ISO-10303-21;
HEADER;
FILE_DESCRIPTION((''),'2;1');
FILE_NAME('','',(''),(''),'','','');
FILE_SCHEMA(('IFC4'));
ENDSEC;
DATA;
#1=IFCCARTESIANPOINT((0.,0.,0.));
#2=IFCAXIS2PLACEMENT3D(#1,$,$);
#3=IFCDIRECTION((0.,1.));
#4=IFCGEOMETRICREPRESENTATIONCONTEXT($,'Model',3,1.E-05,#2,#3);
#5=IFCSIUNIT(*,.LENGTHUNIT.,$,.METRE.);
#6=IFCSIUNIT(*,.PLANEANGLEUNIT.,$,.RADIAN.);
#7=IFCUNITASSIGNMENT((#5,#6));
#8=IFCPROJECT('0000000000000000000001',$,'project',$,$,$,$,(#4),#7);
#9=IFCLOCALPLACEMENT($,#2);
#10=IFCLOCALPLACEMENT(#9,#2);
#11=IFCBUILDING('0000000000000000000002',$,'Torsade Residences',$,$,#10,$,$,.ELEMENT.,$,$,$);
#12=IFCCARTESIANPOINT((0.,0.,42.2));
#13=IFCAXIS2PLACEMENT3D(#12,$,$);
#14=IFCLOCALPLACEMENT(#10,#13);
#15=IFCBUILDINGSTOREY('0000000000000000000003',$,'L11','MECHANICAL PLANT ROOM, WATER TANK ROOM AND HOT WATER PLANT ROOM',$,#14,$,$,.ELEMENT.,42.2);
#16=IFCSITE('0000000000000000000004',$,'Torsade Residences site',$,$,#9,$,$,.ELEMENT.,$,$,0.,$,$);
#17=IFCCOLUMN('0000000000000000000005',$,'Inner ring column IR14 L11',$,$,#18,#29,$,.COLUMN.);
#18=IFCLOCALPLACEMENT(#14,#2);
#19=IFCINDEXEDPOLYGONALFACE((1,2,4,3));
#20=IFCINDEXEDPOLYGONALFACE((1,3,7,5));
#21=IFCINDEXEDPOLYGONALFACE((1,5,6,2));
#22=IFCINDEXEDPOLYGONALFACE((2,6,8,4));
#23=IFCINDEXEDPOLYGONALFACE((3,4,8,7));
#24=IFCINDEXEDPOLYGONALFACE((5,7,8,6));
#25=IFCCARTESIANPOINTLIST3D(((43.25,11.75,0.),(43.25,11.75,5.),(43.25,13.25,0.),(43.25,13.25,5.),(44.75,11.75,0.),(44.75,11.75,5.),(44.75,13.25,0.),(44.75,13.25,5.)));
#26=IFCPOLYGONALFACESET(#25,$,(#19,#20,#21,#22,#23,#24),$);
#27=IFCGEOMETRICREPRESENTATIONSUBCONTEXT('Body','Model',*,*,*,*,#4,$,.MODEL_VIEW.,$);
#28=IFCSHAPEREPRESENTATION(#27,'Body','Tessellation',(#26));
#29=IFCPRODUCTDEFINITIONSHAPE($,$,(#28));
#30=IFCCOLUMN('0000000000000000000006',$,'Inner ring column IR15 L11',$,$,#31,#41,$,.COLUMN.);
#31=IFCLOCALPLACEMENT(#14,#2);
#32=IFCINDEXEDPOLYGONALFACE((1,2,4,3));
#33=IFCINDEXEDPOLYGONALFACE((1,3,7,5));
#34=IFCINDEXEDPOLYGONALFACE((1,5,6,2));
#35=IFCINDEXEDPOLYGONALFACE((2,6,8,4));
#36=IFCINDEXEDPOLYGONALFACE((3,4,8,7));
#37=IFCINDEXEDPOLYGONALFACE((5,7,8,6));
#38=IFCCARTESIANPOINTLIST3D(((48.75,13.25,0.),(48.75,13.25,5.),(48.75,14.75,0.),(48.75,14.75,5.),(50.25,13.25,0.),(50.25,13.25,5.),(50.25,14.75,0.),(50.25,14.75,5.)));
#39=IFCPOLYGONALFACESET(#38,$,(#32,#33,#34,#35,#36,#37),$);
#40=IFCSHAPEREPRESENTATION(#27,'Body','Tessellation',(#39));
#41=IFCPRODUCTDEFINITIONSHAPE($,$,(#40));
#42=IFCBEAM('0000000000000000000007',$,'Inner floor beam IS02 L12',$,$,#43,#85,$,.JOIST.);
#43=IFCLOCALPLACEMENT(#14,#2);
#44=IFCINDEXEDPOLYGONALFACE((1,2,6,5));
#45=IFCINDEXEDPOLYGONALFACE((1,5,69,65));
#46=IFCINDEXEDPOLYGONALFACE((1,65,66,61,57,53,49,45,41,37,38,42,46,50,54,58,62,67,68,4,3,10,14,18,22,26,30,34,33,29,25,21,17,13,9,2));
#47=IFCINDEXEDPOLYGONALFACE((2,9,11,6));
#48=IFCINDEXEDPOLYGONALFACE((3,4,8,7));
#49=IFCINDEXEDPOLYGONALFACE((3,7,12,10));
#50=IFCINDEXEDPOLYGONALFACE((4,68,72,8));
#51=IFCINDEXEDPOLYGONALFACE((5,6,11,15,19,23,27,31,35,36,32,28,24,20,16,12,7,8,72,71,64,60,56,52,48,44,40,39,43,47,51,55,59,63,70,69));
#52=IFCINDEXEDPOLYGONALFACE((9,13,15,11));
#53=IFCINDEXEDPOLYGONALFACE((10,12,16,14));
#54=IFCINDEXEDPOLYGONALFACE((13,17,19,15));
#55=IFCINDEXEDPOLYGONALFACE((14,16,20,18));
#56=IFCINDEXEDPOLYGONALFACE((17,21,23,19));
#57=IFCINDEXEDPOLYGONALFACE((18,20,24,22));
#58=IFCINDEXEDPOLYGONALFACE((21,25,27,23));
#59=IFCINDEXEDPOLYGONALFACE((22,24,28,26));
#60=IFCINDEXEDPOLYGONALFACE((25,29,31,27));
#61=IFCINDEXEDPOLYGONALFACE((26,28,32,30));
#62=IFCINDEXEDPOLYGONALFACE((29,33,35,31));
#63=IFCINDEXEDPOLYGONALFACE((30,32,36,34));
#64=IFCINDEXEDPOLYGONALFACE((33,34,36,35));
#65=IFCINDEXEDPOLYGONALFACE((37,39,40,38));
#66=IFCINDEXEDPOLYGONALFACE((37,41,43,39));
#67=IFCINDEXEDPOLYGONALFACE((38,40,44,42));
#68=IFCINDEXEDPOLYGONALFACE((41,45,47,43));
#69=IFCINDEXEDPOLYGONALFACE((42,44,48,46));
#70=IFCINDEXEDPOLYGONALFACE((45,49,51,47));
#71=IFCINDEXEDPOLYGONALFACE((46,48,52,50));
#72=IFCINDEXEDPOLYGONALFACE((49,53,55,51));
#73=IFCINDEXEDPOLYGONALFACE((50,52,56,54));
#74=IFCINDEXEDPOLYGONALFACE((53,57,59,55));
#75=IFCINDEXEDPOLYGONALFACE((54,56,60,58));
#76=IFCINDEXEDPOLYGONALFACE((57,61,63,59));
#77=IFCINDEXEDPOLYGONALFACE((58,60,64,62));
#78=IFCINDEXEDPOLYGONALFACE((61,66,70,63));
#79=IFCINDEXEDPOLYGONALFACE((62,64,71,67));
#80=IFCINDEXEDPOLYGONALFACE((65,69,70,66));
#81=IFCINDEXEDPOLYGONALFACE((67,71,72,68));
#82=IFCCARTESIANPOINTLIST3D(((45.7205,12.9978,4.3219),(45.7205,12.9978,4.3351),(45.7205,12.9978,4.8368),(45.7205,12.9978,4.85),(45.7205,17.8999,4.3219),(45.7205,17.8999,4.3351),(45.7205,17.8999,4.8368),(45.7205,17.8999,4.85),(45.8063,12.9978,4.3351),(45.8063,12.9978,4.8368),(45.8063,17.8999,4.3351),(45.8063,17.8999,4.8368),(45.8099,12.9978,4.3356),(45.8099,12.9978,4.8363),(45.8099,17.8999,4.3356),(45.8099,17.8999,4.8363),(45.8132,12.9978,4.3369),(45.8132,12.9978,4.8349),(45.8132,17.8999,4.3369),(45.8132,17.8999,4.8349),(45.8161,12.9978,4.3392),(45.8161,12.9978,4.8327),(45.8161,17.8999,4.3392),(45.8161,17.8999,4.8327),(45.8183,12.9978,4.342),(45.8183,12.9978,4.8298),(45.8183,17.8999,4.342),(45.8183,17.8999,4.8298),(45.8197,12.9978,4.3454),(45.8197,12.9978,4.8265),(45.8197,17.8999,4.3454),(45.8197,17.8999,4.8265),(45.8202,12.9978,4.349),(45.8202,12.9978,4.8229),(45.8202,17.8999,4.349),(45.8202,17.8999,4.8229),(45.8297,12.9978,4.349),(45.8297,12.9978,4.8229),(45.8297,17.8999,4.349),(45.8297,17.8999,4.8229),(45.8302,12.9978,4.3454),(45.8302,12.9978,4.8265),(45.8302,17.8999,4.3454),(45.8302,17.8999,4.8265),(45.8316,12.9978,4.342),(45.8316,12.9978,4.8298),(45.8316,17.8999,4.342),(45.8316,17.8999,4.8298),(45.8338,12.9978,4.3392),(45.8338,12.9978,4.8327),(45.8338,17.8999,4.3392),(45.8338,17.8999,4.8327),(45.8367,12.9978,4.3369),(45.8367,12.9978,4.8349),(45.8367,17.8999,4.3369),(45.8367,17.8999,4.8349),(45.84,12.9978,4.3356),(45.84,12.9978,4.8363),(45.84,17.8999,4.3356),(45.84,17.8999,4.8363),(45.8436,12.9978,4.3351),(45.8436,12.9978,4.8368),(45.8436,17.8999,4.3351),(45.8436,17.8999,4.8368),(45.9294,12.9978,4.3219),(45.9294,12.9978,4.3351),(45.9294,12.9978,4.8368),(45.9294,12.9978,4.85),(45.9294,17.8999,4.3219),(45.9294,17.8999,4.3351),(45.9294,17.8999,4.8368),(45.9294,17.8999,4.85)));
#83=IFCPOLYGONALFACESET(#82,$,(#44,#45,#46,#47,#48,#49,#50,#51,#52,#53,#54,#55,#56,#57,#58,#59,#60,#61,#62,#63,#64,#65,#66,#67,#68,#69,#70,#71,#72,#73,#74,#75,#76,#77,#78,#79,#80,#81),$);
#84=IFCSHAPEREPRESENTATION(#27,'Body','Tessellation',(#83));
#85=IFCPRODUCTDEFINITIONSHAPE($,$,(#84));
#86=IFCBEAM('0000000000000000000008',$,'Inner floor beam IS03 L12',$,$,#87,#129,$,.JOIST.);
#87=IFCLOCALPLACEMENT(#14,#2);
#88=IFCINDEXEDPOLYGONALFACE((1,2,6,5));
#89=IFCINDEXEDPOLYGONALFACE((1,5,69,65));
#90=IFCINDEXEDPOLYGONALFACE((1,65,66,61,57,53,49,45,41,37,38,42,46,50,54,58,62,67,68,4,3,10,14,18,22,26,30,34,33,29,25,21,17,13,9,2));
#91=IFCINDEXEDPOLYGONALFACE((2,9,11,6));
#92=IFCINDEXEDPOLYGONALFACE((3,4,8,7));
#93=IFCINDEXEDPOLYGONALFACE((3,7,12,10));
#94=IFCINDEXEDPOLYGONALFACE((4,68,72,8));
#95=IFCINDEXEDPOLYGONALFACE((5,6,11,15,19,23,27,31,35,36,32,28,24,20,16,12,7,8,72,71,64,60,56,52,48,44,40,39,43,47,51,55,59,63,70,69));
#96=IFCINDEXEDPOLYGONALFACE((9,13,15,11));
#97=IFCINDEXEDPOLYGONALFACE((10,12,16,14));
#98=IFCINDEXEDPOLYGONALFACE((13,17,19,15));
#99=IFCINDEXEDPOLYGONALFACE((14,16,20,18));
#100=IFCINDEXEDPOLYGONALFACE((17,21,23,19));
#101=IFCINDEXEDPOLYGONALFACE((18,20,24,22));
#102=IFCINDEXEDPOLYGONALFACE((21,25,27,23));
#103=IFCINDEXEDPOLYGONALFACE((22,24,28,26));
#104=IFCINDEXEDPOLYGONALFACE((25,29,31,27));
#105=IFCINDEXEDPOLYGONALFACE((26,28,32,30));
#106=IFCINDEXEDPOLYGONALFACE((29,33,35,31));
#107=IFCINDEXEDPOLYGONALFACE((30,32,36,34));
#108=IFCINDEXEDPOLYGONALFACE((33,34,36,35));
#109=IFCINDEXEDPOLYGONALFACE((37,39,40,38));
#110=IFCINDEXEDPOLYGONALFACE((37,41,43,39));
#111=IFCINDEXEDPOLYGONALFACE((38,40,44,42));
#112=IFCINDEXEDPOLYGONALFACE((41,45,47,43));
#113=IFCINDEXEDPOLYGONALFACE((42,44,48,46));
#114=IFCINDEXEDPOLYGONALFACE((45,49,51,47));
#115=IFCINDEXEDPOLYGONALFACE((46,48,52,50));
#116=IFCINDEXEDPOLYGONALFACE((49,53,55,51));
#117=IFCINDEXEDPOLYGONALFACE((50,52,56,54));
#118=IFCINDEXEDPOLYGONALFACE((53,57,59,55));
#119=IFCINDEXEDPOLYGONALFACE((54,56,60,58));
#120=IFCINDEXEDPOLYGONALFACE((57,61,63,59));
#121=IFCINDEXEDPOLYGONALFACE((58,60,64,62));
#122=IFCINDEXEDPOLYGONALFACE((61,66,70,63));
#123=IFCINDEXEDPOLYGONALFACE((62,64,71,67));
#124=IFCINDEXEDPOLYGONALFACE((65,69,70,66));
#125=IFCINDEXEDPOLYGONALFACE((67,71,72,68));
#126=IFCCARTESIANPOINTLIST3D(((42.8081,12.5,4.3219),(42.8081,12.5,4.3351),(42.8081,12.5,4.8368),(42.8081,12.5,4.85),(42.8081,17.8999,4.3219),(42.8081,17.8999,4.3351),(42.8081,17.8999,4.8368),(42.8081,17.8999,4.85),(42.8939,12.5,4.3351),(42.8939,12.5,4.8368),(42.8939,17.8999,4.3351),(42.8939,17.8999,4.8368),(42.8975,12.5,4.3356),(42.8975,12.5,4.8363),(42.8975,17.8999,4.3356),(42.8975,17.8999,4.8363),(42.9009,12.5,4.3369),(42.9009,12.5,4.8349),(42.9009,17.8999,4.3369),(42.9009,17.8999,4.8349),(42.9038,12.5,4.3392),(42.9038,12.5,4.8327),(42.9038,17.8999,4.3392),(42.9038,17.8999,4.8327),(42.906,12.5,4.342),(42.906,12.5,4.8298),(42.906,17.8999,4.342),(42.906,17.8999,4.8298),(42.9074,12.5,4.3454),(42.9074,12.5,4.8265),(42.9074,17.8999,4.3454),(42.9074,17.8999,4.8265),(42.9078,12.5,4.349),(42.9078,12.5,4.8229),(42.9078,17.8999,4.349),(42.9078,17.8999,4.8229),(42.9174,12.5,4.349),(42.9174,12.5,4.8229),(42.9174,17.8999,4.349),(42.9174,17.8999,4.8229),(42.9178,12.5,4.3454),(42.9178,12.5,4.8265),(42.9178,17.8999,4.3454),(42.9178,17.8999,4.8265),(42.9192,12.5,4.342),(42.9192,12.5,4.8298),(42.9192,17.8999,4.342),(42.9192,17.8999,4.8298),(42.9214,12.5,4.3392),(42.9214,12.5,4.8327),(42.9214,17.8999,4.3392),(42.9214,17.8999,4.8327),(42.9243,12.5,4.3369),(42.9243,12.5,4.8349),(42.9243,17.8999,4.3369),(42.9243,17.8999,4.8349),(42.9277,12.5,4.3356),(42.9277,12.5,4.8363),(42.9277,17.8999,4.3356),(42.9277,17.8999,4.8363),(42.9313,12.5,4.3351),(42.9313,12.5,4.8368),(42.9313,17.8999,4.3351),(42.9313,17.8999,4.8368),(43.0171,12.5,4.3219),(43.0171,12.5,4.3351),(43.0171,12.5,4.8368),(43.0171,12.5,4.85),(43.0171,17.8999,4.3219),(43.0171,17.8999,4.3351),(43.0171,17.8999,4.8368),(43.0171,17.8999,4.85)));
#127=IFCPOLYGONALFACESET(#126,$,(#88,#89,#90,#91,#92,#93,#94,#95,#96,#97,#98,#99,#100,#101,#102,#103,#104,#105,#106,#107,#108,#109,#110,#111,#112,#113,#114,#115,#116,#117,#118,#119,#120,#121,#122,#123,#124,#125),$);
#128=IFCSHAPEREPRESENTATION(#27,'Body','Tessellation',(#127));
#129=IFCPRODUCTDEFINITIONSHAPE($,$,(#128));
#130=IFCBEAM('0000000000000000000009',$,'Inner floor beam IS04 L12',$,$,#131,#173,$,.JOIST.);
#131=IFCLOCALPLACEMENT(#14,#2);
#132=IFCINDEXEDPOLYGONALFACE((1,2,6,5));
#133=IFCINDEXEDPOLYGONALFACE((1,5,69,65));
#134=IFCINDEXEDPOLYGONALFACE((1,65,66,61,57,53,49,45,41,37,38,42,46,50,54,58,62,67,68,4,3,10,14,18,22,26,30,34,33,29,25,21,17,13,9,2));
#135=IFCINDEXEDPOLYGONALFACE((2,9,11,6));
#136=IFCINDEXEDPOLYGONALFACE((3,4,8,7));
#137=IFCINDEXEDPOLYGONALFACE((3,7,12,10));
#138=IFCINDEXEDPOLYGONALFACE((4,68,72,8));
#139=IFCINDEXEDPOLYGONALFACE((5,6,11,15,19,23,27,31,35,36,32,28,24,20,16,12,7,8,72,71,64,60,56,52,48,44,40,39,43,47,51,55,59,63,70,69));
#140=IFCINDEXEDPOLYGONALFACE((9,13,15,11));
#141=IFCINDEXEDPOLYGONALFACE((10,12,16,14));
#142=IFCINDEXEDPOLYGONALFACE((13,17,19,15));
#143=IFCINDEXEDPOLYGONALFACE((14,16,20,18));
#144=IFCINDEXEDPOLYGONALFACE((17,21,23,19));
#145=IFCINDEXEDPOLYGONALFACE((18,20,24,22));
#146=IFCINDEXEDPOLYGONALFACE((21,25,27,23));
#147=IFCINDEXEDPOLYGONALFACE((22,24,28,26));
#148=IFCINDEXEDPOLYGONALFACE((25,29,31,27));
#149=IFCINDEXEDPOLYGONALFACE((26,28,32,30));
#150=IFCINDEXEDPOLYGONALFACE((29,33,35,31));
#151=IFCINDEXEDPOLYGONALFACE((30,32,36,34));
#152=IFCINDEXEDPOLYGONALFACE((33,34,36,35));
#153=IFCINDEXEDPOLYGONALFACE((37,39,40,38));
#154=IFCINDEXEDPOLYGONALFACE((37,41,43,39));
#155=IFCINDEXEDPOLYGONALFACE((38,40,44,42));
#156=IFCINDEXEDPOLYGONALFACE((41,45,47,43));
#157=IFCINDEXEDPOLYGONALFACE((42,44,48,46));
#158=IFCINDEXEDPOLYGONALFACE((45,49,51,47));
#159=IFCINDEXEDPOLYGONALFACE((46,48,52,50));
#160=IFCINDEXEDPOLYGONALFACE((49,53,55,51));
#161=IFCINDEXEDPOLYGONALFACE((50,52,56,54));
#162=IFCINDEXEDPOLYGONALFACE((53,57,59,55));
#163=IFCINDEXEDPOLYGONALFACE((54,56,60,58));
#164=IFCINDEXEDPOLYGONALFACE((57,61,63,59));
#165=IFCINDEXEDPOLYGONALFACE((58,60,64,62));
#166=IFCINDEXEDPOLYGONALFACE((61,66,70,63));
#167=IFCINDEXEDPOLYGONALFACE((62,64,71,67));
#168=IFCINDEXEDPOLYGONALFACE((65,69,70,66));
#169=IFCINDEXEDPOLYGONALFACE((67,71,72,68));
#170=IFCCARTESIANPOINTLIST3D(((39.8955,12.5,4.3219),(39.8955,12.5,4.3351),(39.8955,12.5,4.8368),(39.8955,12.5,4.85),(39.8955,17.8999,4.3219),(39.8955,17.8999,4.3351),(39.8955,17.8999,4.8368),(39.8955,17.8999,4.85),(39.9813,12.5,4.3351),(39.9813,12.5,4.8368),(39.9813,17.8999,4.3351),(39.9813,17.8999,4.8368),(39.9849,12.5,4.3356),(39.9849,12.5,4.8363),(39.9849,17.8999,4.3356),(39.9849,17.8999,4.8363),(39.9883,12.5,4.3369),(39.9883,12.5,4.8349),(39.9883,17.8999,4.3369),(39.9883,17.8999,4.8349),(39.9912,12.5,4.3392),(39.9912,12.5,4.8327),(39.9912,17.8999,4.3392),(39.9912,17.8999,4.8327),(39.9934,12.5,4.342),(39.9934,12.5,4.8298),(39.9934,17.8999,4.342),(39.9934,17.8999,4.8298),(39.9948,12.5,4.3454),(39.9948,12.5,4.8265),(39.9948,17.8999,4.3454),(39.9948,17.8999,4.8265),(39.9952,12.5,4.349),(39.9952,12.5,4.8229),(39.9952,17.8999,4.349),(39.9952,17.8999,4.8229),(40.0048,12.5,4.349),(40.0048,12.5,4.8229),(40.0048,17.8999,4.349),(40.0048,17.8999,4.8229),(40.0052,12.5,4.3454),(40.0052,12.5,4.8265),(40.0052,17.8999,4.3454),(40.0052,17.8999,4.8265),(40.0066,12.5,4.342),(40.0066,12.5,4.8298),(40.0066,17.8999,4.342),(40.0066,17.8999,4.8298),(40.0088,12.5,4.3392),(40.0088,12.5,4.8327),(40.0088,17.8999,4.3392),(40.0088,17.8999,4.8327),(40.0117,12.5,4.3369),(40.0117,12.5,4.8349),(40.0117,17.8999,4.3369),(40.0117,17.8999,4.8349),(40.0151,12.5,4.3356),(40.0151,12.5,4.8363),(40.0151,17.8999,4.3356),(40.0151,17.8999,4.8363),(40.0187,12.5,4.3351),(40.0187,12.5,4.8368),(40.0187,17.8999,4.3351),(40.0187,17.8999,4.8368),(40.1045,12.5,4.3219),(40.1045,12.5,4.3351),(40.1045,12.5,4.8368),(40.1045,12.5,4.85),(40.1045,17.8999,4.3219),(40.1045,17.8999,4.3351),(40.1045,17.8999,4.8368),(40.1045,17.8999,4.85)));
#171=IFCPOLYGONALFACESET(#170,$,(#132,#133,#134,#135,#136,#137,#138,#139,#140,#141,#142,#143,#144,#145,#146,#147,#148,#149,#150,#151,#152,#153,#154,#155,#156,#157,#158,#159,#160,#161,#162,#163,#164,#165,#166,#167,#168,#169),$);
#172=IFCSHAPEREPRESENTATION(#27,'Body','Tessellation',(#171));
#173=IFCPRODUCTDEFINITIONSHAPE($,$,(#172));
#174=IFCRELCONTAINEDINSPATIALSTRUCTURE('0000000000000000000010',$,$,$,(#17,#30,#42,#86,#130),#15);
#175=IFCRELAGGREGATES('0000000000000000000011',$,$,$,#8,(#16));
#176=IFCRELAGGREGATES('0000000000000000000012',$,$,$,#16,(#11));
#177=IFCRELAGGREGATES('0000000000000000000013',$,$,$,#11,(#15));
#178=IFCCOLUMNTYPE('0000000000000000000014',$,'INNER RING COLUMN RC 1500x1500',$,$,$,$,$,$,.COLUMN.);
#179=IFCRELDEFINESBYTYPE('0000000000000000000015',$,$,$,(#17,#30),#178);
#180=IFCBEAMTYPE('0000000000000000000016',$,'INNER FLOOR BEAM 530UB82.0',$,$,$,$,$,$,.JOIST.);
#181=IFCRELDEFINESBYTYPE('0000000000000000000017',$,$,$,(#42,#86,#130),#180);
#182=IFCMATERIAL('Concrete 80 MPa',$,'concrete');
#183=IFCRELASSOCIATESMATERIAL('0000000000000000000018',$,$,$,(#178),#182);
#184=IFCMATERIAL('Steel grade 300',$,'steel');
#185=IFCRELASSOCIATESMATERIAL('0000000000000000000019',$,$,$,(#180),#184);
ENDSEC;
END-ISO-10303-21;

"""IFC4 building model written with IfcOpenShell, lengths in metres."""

from ifc_helpers import new_model, si_unit, direction, frame, origin, origin_2d, place, context, subcontext, project, spatial, rectangle, i_section, extrude, material, material_profile, profile_set, type_object, element, save


model = new_model("IFC4")

# Units and contexts
model_context = context("Model", 3, precision=1e-05, world=origin(), true_north=direction((0.0, 1.0)))
body_context = subcontext(model_context, "Body", "Model", "MODEL_VIEW")
ifc_project = project(units=[si_unit("LENGTHUNIT", "METRE"), si_unit("PLANEANGLEUNIT", "RADIAN")], contexts=[model_context])

# Site, building, storey
site_placement = place(None, origin())
site = spatial("IfcSite", under=ifc_project, at=site_placement, Name="Torsade Residences site", CompositionType="ELEMENT", RefElevation=0.0)
building_placement = place(site_placement, origin())
building = spatial("IfcBuilding", under=site, at=building_placement, Name="Torsade Residences", CompositionType="ELEMENT")
storey_placement = place(building_placement, frame((0.0, 0.0, 42.2)))
storey = spatial("IfcBuildingStorey", under=building, at=storey_placement, Name="L11", Description="MECHANICAL PLANT ROOM, WATER TANK ROOM AND HOT WATER PLANT ROOM", CompositionType="ELEMENT", Elevation=42.2)

# Columns
ifc_material_1 = material(Name="Concrete 80 MPa", Category="concrete")
ifc_material_profile_1 = material_profile(ifc_material_1, rectangle(XDim=1.5, YDim=1.5, at=origin_2d()), Name="RC 1500x1500")
ifc_profile_set_1 = profile_set([ifc_material_profile_1], Name="Concrete 80 MPa")
column_type = type_object("IfcColumnType", Name="INNER RING COLUMN RC 1500x1500", PredefinedType="COLUMN", material=ifc_profile_set_1)
for number, where, z_axis, x_axis, name in (
    (1, (44.0, 12.5, 0.0), (0.0, 0.0, 1.0), (1.0, 0.0, 0.0), "Inner ring column IR14 L11"),
    (2, (49.5, 14.0, 0.0), (0.0, 0.0, 1.0), (1.0, 0.0, 0.0), "Inner ring column IR15 L11"),
):
    element("IfcColumn", number, at=place(storey_placement, frame(where, z_axis=z_axis, x_axis=x_axis)), inside=storey, type_object=column_type, Name=name, PredefinedType="COLUMN", context=body_context, shape_type="SweptSolid", body=[
        extrude(rectangle(XDim=1.5, YDim=1.5, at=origin_2d()), origin(), (0.0, 0.0, 1.0), 5.0),
    ])

# Beams
ifc_material_2 = material(Name="Steel grade 300", Category="steel")
ifc_material_profile_2 = material_profile(ifc_material_2, i_section(OverallWidth=0.209, OverallDepth=0.5281, WebThickness=0.0095, FlangeThickness=0.0132, FilletRadius=0.0139, at=origin_2d()), Name="530UB82.0")
ifc_profile_set_2 = profile_set([ifc_material_profile_2], Name="Steel grade 300")
beam_type_1 = type_object("IfcBeamType", Name="INNER FLOOR BEAM 530UB82.0", PredefinedType="JOIST", material=ifc_profile_set_2)
beam_1_placement = place(storey_placement, frame((45.825, 17.8999, 4.5859), z_axis=(0.0, -1.0, 0.0), x_axis=(1.0, 0.0, 0.0)))
element("IfcBeam", 3, at=beam_1_placement, inside=storey, type_object=beam_type_1, Name="Inner floor beam IS02 L12", PredefinedType="JOIST", context=body_context, shape_type="SweptSolid", body=[
    extrude(i_section(OverallWidth=0.209, OverallDepth=0.5281, WebThickness=0.0095, FlangeThickness=0.0132, FilletRadius=0.0139, at=origin_2d()), origin(), (0.0, 0.0, 1.0), 4.9021),
])
for number, where, z_axis, x_axis, name in (
    (4, (42.9126, 17.8999, 4.5859), (0.0, -1.0, 0.0), (1.0, 0.0, 0.0), "Inner floor beam IS03 L12"),
    (5, (40.0, 17.8999, 4.5859), (0.0, -1.0, 0.0), (1.0, 0.0, 0.0), "Inner floor beam IS04 L12"),
):
    element("IfcBeam", number, at=place(storey_placement, frame(where, z_axis=z_axis, x_axis=x_axis)), inside=storey, type_object=beam_type_1, Name=name, PredefinedType="JOIST", context=body_context, shape_type="SweptSolid", body=[
        extrude(i_section(OverallWidth=0.209, OverallDepth=0.5281, WebThickness=0.0095, FlangeThickness=0.0132, FilletRadius=0.0139, at=origin_2d()), origin(), (0.0, 0.0, 1.0), 5.3999),
    ])

save(model, "model.ifc")
